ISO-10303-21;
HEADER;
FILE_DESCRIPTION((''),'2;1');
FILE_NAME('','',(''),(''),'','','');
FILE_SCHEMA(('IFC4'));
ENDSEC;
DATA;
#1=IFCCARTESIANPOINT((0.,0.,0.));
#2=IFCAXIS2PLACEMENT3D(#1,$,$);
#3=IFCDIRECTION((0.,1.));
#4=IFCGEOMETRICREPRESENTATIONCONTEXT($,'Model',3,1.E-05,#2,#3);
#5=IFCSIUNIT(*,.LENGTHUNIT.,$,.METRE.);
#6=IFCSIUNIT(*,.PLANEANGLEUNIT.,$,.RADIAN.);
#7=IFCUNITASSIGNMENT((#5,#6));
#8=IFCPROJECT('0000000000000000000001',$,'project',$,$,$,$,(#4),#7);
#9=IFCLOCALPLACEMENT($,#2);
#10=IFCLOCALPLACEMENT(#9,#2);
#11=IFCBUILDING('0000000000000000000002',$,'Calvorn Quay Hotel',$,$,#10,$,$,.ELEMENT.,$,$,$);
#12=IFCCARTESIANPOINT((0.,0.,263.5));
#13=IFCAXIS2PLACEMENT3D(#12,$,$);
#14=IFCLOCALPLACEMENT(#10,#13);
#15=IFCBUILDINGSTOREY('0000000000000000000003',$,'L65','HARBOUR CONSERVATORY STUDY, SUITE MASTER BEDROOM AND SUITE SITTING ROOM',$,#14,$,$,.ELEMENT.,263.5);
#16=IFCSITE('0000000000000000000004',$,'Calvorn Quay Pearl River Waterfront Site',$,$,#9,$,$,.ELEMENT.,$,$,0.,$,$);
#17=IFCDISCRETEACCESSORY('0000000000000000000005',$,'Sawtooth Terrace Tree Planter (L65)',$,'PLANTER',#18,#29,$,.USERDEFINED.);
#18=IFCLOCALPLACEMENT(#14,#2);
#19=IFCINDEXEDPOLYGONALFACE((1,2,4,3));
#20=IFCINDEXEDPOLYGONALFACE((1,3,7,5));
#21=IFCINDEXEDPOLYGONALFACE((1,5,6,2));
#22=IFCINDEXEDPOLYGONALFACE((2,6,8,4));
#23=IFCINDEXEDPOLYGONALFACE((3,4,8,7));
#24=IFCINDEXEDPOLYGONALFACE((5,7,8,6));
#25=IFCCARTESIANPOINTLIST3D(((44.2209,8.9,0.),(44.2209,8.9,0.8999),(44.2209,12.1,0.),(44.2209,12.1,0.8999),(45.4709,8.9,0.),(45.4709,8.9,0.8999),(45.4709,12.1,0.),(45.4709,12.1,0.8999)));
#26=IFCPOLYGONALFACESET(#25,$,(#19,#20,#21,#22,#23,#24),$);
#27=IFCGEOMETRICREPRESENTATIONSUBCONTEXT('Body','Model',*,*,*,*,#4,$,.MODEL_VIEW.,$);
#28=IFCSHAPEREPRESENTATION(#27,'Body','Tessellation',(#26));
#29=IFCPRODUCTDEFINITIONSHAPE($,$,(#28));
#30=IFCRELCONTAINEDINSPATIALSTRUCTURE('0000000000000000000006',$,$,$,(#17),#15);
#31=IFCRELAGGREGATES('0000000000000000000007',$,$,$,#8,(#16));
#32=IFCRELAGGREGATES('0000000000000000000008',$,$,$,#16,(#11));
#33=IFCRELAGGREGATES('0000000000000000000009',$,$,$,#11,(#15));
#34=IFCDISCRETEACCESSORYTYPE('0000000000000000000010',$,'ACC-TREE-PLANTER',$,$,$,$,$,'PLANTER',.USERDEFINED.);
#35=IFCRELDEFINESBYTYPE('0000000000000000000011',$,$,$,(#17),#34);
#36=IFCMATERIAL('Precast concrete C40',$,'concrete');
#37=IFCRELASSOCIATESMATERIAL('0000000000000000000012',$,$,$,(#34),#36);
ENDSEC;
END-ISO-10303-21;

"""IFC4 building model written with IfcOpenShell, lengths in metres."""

from ifc_helpers import new_model, si_unit, direction, frame, origin, origin_2d, place, context, subcontext, project, spatial, rectangle, extrude, material, type_object, element, save


model = new_model("IFC4")

# Units and contexts
model_context = context("Model", 3, precision=1e-05, world=origin(), true_north=direction((0.0, 1.0)))
body_context = subcontext(model_context, "Body", "Model", "MODEL_VIEW")
ifc_project = project(units=[si_unit("LENGTHUNIT", "METRE"), si_unit("PLANEANGLEUNIT", "RADIAN")], contexts=[model_context])

# Site, building, storey
site_placement = place(None, origin())
site = spatial("IfcSite", under=ifc_project, at=site_placement, Name="Calvorn Quay Pearl River Waterfront Site", CompositionType="ELEMENT", RefElevation=0.0)
building_placement = place(site_placement, origin())
building = spatial("IfcBuilding", under=site, at=building_placement, Name="Calvorn Quay Hotel", CompositionType="ELEMENT")
storey_placement = place(building_placement, frame((0.0, 0.0, 263.5)))
storey = spatial("IfcBuildingStorey", under=building, at=storey_placement, Name="L65", Description="HARBOUR CONSERVATORY STUDY, SUITE MASTER BEDROOM AND SUITE SITTING ROOM", CompositionType="ELEMENT", Elevation=263.5)

# Discrete accessory
ifc_material_1 = material(Name="Precast concrete C40", Category="concrete")
discrete_accessory_type_1 = type_object("IfcDiscreteAccessoryType", Name="ACC-TREE-PLANTER", ElementType="PLANTER", PredefinedType="USERDEFINED", material=ifc_material_1)
discrete_accessory_1_placement = place(storey_placement, frame((44.8459, 10.5, 0.0), z_axis=(0.0, 0.0, 1.0), x_axis=(1.0, 0.0, 0.0)))
element("IfcDiscreteAccessory", 1, at=discrete_accessory_1_placement, inside=storey, type_object=discrete_accessory_type_1, Name="Sawtooth Terrace Tree Planter (L65)", ObjectType="PLANTER", PredefinedType="USERDEFINED", context=body_context, shape_type="SweptSolid", body=[
    extrude(rectangle(XDim=1.25, YDim=3.2, at=origin_2d()), origin(), (0.0, 0.0, 1.0), 0.8999),
])

save(model, "model.ifc")
